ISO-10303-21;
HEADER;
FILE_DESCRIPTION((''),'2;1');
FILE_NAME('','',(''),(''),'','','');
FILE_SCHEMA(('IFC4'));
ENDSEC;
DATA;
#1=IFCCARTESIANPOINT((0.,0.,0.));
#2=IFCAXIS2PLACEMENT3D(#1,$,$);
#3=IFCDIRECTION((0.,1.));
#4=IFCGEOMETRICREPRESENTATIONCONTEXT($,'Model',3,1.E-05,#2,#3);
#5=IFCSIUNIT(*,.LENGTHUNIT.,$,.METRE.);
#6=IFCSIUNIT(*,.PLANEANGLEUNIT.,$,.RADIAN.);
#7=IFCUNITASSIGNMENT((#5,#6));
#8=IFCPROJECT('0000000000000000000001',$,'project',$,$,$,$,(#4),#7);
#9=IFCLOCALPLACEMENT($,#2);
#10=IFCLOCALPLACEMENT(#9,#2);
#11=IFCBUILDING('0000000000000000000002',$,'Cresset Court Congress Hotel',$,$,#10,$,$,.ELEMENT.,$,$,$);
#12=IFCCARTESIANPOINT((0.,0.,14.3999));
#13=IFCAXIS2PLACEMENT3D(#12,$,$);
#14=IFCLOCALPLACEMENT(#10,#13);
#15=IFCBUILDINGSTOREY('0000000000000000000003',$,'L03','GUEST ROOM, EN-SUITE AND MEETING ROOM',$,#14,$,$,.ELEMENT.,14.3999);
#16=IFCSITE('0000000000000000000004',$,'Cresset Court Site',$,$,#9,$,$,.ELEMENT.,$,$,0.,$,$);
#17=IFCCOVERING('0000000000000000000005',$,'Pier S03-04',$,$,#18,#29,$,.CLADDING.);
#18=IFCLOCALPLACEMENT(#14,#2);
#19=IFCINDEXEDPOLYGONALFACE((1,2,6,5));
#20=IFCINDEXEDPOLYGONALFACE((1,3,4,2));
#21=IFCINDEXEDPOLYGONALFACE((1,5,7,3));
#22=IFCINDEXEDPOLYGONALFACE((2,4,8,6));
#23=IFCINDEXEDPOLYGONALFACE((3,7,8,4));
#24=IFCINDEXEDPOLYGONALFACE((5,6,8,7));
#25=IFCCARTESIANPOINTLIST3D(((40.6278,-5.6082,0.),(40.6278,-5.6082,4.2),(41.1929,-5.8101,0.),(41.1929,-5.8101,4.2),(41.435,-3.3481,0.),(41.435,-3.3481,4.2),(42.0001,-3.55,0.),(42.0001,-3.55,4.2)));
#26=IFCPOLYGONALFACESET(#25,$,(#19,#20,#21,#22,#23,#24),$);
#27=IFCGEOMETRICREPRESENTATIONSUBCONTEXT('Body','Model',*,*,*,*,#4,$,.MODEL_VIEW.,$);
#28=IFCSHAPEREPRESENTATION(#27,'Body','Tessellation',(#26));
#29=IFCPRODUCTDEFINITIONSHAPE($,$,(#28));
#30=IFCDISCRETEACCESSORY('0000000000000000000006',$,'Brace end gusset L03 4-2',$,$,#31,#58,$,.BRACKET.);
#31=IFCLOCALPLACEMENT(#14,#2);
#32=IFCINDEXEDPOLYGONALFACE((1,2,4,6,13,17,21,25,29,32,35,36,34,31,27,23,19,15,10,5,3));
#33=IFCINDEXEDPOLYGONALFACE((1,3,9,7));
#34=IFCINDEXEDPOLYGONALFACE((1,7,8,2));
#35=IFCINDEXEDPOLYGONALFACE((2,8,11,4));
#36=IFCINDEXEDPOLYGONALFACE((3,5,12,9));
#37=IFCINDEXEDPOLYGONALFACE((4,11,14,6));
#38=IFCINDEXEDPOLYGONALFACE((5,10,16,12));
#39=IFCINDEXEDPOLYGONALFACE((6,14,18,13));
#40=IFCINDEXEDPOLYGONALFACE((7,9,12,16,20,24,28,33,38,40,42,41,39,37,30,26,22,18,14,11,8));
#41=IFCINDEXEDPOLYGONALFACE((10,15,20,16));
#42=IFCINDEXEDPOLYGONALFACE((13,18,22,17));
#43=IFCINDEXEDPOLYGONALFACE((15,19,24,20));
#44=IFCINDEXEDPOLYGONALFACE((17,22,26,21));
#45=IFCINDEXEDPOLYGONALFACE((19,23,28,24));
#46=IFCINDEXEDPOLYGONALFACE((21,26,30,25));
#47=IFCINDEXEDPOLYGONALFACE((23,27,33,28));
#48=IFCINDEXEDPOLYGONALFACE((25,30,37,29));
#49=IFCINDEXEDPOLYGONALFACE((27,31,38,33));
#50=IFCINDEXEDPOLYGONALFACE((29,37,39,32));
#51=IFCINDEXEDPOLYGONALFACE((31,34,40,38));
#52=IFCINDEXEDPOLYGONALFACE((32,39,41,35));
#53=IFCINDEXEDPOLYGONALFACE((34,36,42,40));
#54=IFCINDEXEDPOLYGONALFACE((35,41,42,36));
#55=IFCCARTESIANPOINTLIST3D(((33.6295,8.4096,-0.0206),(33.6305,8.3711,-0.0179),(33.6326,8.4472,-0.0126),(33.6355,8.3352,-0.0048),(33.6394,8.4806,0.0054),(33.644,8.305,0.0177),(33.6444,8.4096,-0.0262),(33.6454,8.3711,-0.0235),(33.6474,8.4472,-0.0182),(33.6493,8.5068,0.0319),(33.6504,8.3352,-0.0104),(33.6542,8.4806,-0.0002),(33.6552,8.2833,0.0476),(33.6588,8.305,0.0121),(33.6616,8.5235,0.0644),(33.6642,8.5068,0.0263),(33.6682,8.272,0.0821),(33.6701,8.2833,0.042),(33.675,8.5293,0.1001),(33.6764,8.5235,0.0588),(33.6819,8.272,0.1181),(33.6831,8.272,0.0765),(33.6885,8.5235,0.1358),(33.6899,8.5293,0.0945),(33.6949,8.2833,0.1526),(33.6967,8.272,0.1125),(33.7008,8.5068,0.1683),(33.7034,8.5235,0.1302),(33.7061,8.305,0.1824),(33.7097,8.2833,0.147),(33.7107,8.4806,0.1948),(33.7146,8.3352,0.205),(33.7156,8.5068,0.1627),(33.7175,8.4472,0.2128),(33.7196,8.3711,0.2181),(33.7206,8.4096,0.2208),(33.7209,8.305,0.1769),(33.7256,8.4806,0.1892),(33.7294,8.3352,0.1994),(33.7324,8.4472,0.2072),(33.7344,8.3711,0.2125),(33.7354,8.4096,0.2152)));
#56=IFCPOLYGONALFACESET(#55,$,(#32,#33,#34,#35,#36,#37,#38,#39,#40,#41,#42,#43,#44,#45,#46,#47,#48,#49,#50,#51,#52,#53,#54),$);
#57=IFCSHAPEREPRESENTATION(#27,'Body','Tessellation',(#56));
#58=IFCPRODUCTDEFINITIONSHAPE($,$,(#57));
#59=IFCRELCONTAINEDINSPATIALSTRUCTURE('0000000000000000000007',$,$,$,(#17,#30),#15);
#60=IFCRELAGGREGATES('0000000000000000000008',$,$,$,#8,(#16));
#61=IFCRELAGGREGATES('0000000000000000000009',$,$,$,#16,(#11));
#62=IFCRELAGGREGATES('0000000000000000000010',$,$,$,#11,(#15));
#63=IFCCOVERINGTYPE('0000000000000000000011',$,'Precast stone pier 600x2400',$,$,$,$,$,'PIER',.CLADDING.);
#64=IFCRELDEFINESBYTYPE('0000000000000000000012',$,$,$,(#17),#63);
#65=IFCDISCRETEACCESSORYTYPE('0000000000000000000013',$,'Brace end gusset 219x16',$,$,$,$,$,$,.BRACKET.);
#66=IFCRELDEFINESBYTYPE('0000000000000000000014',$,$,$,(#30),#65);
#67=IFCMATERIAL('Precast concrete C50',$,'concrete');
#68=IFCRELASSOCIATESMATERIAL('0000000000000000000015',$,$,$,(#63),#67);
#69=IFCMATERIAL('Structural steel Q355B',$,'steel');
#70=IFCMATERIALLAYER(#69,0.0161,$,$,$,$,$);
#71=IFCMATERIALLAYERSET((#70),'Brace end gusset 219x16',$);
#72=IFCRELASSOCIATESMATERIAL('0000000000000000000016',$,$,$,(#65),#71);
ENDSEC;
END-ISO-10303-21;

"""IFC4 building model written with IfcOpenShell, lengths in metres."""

from ifc_helpers import new_model, si_unit, direction, frame, origin, origin_2d, place, context, subcontext, project, spatial, rectangle, circle, extrude, material, layer, layer_set, type_object, element, save


model = new_model("IFC4")

# Units and contexts
model_context = context("Model", 3, precision=1e-05, world=origin(), true_north=direction((0.0, 1.0)))
body_context = subcontext(model_context, "Body", "Model", "MODEL_VIEW")
ifc_project = project(units=[si_unit("LENGTHUNIT", "METRE"), si_unit("PLANEANGLEUNIT", "RADIAN")], contexts=[model_context])

# Site, building, storey
site_placement = place(None, origin())
site = spatial("IfcSite", under=ifc_project, at=site_placement, Name="Cresset Court Site", CompositionType="ELEMENT", RefElevation=0.0)
building_placement = place(site_placement, origin())
building = spatial("IfcBuilding", under=site, at=building_placement, Name="Cresset Court Congress Hotel", CompositionType="ELEMENT")
storey_placement = place(building_placement, frame((0.0, 0.0, 14.3999)))
storey = spatial("IfcBuildingStorey", under=building, at=storey_placement, Name="L03", Description="GUEST ROOM, EN-SUITE AND MEETING ROOM", CompositionType="ELEMENT", Elevation=14.3999)

# Covering
ifc_material_1 = material(Name="Precast concrete C50", Category="concrete")
covering_type_1 = type_object("IfcCoveringType", Name="Precast stone pier 600x2400", ElementType="PIER", PredefinedType="CLADDING", material=ifc_material_1)
for number, where, z_axis, x_axis, name in (
    (1, (41.314, -4.5791, 0.0), (0.0, 0.0, 1.0), (0.941742, -0.336336, 0.0), "Pier S03-04"),
):
    element("IfcCovering", number, at=place(storey_placement, frame(where, z_axis=z_axis, x_axis=x_axis)), inside=storey, type_object=covering_type_1, Name=name, PredefinedType="CLADDING", context=body_context, shape_type="SweptSolid", body=[
        extrude(rectangle(XDim=0.6001, YDim=2.3999, at=origin_2d()), origin(), (0.0, 0.0, 1.0), 4.2),
    ])

# Discrete accessory
ifc_material_2 = material(Name="Structural steel Q355B", Category="steel")
ifc_layer_1 = layer(ifc_material_2, 0.0161)
ifc_layer_set_1 = layer_set([ifc_layer_1], Name="Brace end gusset 219x16")
discrete_accessory_type = type_object("IfcDiscreteAccessoryType", Name="Brace end gusset 219x16", PredefinedType="BRACKET", material=ifc_layer_set_1)
discrete_accessory_placement = place(storey_placement, frame((33.675, 8.3999, 0.1001), z_axis=(0.935697, 0.0, -0.352804), x_axis=(0.0, 1.0, 0.0)))
element("IfcDiscreteAccessory", 2, at=discrete_accessory_placement, inside=storey, type_object=discrete_accessory_type, Name="Brace end gusset L03 4-2", PredefinedType="BRACKET", context=body_context, shape_type="SweptSolid", body=[
    extrude(circle(Radius=0.1294, at=origin_2d()), origin(), (0.0, 0.0, 1.0), 0.0159),
])

save(model, "model.ifc")
